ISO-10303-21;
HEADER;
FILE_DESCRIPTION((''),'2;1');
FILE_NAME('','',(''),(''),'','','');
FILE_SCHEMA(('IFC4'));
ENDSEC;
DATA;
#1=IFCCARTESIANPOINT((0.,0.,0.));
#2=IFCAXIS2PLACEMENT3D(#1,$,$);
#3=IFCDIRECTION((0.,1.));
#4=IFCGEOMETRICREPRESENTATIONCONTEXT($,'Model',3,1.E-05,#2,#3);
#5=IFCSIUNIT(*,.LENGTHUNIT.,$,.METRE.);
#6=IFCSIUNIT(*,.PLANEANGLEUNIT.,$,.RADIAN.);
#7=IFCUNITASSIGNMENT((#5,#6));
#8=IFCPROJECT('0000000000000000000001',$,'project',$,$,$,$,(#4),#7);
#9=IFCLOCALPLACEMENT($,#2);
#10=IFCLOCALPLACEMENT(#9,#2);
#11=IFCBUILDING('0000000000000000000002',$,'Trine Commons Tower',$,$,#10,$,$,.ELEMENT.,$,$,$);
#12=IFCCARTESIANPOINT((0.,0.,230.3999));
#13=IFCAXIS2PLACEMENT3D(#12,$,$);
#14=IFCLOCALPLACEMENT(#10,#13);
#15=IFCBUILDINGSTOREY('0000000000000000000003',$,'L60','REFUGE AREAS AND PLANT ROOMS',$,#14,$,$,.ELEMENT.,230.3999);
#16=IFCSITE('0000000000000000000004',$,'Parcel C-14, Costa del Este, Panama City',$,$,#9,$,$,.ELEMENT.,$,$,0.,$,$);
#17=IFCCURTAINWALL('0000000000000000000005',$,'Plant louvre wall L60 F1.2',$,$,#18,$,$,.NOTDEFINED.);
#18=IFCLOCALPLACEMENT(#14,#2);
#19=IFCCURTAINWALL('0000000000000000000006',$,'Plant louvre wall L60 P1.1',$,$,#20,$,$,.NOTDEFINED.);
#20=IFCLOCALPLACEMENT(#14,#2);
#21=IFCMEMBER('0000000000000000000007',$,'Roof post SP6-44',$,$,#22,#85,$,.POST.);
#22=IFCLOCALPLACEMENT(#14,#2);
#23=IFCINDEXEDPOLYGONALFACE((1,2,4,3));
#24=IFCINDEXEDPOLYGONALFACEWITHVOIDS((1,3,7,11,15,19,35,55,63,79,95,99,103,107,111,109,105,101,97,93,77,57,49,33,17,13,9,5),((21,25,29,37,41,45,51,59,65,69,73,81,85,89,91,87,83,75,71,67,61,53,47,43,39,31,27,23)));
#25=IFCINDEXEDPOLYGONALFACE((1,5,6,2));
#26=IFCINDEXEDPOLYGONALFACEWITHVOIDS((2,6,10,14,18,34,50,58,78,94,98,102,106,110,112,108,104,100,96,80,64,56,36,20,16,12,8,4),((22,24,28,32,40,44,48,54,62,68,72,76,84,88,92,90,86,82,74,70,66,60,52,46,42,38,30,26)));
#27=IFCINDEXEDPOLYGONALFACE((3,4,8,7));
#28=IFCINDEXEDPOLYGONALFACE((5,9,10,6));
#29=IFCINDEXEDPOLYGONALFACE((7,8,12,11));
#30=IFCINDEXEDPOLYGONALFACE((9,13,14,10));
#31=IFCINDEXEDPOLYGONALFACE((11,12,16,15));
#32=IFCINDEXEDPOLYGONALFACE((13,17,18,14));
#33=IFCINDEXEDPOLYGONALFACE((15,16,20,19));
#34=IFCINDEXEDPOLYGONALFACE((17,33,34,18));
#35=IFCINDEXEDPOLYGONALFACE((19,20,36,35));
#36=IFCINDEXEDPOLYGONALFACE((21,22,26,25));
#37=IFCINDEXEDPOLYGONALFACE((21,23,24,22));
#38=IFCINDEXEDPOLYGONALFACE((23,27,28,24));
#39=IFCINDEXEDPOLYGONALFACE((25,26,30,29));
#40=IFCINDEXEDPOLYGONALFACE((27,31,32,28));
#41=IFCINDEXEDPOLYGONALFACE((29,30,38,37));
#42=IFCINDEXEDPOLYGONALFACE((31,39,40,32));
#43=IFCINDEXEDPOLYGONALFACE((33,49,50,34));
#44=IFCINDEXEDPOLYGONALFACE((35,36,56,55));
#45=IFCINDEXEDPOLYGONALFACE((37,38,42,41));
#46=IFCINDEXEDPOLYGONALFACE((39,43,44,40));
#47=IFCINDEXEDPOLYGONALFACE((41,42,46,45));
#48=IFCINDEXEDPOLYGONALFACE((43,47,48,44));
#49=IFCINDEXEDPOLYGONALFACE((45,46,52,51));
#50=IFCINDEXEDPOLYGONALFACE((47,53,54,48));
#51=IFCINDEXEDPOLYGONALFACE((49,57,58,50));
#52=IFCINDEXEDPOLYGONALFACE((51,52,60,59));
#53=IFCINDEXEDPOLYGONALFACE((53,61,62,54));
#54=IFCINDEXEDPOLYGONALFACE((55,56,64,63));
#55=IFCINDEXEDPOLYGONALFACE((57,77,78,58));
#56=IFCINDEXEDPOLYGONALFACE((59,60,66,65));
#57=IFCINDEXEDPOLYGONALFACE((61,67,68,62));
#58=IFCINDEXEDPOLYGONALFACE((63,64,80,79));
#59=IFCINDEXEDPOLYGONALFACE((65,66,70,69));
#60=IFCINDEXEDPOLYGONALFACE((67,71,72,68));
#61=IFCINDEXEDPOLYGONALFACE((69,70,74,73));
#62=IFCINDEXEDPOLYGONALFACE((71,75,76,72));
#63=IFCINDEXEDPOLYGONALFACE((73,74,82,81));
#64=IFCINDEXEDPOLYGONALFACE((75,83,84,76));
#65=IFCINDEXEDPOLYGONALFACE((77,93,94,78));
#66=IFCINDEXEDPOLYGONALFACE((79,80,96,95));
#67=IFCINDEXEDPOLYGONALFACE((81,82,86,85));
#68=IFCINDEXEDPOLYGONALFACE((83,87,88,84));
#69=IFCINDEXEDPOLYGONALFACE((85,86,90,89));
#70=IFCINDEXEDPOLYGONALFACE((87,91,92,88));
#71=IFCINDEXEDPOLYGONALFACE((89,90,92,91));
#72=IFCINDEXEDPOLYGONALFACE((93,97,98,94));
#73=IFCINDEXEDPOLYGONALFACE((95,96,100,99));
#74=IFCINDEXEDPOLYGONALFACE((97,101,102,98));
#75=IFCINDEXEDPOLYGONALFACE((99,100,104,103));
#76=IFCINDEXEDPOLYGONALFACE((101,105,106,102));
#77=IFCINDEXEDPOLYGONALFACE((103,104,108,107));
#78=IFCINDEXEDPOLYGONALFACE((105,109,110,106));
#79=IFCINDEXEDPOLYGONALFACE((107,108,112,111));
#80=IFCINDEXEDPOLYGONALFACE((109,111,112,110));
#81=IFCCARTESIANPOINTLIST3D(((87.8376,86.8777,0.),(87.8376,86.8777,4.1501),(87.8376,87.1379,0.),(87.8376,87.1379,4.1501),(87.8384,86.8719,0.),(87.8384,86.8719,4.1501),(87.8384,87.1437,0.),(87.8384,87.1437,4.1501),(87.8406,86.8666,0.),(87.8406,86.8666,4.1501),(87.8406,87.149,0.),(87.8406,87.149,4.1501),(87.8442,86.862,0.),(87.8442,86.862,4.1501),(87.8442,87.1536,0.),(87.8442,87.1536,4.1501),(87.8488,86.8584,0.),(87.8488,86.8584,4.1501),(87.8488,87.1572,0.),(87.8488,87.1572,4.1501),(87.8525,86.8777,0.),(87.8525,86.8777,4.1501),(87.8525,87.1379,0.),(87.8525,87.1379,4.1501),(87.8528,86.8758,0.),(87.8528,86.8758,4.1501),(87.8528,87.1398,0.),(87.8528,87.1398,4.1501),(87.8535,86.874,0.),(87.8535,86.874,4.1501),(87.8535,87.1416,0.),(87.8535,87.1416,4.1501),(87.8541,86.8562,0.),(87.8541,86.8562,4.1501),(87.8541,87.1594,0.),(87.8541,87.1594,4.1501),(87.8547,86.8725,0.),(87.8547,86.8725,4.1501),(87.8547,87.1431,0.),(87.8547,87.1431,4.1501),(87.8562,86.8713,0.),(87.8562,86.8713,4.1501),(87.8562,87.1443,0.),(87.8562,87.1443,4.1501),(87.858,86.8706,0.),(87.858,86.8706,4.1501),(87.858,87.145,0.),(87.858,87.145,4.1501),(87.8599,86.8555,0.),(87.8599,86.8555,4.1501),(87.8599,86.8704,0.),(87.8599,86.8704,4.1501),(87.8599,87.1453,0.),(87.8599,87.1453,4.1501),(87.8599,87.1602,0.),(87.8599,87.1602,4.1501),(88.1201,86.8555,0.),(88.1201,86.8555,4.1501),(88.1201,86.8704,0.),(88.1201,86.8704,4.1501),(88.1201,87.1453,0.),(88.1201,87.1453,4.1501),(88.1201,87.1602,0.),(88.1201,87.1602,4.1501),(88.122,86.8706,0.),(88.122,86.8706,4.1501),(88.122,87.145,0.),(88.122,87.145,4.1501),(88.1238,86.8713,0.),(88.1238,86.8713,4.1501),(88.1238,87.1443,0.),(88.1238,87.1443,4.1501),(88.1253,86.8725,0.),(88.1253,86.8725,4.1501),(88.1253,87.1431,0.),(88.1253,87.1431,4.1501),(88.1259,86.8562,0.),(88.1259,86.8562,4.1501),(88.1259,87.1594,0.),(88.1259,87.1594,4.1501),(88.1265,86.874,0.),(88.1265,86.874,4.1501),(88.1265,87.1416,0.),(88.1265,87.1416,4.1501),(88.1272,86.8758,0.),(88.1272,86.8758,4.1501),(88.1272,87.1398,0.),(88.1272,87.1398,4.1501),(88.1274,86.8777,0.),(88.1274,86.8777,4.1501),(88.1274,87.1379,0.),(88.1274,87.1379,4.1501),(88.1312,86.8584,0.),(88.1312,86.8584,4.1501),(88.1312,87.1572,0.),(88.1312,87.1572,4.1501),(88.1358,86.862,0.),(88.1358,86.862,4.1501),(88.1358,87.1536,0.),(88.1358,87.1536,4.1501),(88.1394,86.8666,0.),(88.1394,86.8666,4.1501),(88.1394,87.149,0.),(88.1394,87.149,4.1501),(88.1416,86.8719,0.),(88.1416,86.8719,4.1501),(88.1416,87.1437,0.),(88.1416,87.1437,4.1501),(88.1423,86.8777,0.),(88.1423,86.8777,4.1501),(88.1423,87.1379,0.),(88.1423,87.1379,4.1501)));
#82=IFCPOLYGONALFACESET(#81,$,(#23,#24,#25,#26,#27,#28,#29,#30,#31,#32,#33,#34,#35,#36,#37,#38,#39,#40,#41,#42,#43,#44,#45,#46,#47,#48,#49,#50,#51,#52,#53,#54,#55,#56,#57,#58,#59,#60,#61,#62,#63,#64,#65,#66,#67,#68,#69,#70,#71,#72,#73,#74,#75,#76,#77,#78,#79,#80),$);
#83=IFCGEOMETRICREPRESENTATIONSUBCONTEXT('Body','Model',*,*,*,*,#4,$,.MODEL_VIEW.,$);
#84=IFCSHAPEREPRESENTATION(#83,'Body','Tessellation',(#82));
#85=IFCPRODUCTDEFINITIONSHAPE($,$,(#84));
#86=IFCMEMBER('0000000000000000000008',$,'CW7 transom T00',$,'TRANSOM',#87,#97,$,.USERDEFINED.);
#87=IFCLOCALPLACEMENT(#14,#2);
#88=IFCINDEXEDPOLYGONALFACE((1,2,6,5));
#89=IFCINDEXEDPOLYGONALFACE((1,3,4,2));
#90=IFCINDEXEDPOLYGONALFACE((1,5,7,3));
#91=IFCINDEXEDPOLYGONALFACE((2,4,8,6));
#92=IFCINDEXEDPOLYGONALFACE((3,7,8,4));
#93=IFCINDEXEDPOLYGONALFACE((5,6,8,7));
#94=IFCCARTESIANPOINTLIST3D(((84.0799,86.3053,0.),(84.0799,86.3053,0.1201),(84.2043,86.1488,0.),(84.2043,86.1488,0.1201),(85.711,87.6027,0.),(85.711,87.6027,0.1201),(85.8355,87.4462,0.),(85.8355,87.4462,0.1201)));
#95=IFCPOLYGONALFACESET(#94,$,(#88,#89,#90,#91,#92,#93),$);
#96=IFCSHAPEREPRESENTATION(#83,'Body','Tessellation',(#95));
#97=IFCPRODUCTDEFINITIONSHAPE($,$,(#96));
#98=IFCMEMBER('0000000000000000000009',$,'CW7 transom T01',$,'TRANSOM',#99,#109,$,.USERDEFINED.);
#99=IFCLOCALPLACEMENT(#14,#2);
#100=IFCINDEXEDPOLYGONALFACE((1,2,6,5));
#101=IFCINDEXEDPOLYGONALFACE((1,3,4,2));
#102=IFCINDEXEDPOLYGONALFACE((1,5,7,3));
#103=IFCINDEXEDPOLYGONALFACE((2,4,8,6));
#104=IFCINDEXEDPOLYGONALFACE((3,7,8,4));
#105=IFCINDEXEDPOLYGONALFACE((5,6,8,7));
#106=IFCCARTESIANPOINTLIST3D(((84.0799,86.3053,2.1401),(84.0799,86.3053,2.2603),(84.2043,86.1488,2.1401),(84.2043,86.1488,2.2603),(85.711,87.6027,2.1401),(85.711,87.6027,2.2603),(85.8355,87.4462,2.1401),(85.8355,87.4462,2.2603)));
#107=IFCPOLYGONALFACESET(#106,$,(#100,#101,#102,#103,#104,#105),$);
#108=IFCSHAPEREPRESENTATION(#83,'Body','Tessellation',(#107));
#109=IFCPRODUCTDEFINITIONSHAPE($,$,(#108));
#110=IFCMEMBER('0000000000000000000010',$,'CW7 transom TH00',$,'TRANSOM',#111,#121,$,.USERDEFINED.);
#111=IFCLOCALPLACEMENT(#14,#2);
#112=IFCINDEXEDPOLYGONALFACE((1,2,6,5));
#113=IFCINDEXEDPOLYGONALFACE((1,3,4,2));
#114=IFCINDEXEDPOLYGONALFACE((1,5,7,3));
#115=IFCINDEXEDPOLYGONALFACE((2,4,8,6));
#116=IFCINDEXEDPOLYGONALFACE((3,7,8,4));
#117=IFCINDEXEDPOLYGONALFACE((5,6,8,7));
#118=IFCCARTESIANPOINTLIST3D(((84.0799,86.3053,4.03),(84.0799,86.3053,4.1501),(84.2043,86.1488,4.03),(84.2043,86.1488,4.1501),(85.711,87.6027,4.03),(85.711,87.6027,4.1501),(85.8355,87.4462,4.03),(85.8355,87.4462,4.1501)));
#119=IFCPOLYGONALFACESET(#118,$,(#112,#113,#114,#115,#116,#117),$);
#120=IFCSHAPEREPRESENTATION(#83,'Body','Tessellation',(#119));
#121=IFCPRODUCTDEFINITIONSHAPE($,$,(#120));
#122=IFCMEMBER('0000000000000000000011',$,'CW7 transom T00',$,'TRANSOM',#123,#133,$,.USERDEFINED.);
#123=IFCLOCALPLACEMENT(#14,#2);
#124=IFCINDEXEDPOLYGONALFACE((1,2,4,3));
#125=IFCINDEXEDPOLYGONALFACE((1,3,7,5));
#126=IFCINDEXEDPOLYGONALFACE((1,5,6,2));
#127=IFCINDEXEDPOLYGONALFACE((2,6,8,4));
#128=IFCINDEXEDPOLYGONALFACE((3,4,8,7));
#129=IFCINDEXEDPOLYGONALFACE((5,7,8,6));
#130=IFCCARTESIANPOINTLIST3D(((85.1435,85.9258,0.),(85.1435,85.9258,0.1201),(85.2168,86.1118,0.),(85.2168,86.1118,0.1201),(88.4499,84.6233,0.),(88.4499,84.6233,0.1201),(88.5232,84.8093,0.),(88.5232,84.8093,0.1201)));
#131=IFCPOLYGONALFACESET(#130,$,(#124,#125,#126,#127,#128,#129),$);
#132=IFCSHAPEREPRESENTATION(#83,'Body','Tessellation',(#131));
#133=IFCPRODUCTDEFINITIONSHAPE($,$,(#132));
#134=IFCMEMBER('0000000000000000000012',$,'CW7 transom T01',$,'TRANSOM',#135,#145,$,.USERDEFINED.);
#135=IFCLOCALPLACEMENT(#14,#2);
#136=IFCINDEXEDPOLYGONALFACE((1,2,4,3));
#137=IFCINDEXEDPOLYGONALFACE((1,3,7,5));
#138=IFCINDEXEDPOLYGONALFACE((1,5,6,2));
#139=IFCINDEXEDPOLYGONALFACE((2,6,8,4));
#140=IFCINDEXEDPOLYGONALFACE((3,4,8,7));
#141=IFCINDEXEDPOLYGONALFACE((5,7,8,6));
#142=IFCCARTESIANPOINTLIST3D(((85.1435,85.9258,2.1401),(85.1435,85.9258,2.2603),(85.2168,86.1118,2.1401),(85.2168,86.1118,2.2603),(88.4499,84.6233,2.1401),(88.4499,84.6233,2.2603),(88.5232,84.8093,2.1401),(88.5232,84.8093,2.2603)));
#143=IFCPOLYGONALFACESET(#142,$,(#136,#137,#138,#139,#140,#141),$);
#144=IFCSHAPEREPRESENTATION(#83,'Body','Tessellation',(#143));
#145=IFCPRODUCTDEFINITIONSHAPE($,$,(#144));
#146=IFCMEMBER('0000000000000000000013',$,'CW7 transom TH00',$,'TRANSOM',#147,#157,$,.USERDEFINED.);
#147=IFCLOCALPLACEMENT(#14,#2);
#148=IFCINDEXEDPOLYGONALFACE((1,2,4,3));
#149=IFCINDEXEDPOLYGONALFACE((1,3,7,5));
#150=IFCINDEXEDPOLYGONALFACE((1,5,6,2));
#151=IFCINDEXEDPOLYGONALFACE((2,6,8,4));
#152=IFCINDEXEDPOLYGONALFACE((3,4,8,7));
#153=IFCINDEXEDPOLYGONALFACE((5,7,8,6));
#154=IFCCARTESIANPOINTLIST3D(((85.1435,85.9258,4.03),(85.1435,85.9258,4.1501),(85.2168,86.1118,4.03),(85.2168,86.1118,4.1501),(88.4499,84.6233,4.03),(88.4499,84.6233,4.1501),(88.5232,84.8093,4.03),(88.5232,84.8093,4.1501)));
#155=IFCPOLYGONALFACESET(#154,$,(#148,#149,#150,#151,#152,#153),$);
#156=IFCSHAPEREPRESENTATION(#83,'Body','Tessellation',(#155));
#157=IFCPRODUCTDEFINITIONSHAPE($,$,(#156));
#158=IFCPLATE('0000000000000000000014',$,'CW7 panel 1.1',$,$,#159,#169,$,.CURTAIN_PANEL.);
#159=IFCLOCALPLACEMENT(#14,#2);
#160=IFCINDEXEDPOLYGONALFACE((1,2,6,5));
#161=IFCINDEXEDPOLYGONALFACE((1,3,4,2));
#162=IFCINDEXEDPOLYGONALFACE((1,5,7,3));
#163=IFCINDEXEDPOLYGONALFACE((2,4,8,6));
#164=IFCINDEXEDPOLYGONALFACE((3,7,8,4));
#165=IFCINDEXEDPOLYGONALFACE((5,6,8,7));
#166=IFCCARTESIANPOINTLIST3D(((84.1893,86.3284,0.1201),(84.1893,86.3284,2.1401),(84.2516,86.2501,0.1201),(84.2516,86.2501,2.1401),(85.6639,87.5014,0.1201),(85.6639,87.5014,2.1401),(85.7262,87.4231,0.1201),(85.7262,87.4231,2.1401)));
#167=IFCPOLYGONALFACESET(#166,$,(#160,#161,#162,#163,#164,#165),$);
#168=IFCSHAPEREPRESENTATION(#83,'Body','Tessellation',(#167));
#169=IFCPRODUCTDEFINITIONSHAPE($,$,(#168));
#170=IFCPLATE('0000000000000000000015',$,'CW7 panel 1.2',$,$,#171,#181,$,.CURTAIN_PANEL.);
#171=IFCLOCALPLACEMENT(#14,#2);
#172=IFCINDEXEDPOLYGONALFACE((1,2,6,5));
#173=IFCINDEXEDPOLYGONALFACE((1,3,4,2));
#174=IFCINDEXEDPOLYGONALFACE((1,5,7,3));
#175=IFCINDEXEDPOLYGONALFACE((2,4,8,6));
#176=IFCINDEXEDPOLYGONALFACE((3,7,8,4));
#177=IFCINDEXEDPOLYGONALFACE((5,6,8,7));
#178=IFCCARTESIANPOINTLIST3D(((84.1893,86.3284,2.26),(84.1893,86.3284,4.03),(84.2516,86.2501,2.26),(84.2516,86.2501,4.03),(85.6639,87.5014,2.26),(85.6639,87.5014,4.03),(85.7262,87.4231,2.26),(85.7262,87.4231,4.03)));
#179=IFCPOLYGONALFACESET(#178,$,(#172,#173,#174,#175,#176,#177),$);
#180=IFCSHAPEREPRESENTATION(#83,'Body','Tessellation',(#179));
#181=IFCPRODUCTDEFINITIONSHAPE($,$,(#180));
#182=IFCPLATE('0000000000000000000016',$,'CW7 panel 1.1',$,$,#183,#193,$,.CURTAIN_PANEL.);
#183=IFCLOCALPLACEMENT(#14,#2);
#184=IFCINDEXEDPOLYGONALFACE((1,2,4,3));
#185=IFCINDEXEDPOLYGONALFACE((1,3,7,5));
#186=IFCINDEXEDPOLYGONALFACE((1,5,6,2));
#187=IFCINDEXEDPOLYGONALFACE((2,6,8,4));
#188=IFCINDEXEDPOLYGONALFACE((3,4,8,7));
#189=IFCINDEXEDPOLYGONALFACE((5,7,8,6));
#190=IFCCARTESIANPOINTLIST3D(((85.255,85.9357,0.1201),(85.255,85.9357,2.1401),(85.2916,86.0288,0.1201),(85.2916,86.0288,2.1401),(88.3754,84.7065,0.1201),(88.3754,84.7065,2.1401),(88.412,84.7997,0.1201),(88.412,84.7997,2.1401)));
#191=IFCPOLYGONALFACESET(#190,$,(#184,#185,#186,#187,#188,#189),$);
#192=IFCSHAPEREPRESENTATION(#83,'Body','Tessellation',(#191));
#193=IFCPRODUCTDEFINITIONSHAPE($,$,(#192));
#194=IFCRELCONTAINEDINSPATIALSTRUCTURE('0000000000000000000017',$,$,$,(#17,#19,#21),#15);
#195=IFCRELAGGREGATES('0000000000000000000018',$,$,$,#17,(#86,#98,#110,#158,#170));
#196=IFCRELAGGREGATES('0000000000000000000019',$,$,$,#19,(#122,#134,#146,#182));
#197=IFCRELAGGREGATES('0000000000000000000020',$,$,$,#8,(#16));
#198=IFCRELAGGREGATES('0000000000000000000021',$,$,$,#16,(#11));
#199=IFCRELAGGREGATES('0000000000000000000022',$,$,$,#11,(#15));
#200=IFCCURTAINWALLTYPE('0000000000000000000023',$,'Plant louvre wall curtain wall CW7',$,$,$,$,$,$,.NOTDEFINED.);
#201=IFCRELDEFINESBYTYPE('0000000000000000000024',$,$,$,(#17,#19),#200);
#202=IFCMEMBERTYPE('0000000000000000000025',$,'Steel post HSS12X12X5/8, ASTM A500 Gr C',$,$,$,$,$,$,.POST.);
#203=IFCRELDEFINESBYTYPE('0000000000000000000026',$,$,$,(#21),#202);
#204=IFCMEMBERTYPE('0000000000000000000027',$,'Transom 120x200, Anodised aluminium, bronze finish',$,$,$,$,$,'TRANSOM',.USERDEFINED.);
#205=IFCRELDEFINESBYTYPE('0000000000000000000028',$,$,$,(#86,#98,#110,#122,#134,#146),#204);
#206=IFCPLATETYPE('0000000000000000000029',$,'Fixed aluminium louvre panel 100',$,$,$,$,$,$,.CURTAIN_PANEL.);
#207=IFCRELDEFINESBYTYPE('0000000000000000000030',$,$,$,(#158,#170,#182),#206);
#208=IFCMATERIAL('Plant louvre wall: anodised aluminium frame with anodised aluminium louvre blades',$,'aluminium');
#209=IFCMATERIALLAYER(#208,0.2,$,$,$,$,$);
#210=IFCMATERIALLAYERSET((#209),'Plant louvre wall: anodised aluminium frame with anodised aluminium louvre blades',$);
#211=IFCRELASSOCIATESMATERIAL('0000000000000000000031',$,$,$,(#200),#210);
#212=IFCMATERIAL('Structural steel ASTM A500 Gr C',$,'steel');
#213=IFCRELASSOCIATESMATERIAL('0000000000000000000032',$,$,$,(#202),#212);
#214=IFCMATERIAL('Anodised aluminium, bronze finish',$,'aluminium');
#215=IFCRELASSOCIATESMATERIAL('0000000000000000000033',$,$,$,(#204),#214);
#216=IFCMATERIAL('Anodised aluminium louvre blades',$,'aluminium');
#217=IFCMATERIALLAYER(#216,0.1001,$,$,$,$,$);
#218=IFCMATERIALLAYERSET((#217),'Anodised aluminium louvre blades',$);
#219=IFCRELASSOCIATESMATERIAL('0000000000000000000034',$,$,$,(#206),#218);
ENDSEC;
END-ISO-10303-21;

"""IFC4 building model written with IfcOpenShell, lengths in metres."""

from ifc_helpers import new_model, si_unit, direction, frame, origin, origin_2d, place, context, subcontext, project, spatial, rectangle, hollow_rectangle, extrude, material, layer, layer_set, material_profile, profile_set, type_object, element, aggregate, save


model = new_model("IFC4")

# Units and contexts
model_context = context("Model", 3, precision=1e-05, world=origin(), true_north=direction((0.0, 1.0)))
body_context = subcontext(model_context, "Body", "Model", "MODEL_VIEW")
ifc_project = project(units=[si_unit("LENGTHUNIT", "METRE"), si_unit("PLANEANGLEUNIT", "RADIAN")], contexts=[model_context])

# Site, building, storey
site_placement = place(None, origin())
site = spatial("IfcSite", under=ifc_project, at=site_placement, Name="Parcel C-14, Costa del Este, Panama City", CompositionType="ELEMENT", RefElevation=0.0)
building_placement = place(site_placement, origin())
building = spatial("IfcBuilding", under=site, at=building_placement, Name="Trine Commons Tower", CompositionType="ELEMENT")
storey_placement = place(building_placement, frame((0.0, 0.0, 230.3999)))
storey = spatial("IfcBuildingStorey", under=building, at=storey_placement, Name="L60", Description="REFUGE AREAS AND PLANT ROOMS", CompositionType="ELEMENT", Elevation=230.3999)

# Curtain walls
ifc_material_1 = material(Name="Plant louvre wall: anodised aluminium frame with anodised aluminium louvre blades", Category="aluminium")
ifc_layer_1 = layer(ifc_material_1, 0.2)
ifc_layer_set_1 = layer_set([ifc_layer_1], Name="Plant louvre wall: anodised aluminium frame with anodised aluminium louvre blades")
curtain_wall_type = type_object("IfcCurtainWallType", Name="Plant louvre wall curtain wall CW7", PredefinedType="NOTDEFINED", material=ifc_layer_set_1)
curtain_wall_1_placement = place(storey_placement, origin())
curtain_wall_1 = element("IfcCurtainWall", 1, at=curtain_wall_1_placement, inside=storey, type_object=curtain_wall_type, Name="Plant louvre wall L60 F1.2", PredefinedType="NOTDEFINED")
ifc_material_2 = material(Name="Anodised aluminium, bronze finish", Category="aluminium")
curtain_wall_2_placement = place(storey_placement, origin())
curtain_wall_2 = element("IfcCurtainWall", 2, at=curtain_wall_2_placement, inside=storey, type_object=curtain_wall_type, Name="Plant louvre wall L60 P1.1", PredefinedType="NOTDEFINED")

# Member
ifc_material_3 = material(Name="Structural steel ASTM A500 Gr C", Category="steel")
ifc_material_profile_1 = material_profile(ifc_material_3, hollow_rectangle(XDim=0.3047, YDim=0.3047, WallThickness=0.0149, InnerFilletRadius=0.0073, OuterFilletRadius=0.0222, at=origin_2d()), Name="HSS12X12X5/8")
ifc_profile_set_1 = profile_set([ifc_material_profile_1], Name="Structural steel ASTM A500 Gr C")
member_type_1 = type_object("IfcMemberType", Name="Steel post HSS12X12X5/8, ASTM A500 Gr C", PredefinedType="POST", material=ifc_profile_set_1)
for number, where, z_axis, x_axis, name in (
    (3, (87.99, 87.0078, 0.0), (0.0, 0.0, 1.0), (1.0, 0.0, 0.0), "Roof post SP6-44"),
):
    element("IfcMember", number, at=place(storey_placement, frame(where, z_axis=z_axis, x_axis=x_axis)), inside=storey, type_object=member_type_1, Name=name, PredefinedType="POST", context=body_context, shape_type="SweptSolid", body=[
        extrude(hollow_rectangle(XDim=0.3047, YDim=0.3047, WallThickness=0.0149, InnerFilletRadius=0.0073, OuterFilletRadius=0.0222, at=origin_2d()), origin(), (0.0, 0.0, 1.0), 4.1501),
    ])

# Members
ifc_material_profile_2 = material_profile(ifc_material_2, rectangle(XDim=0.2, YDim=0.1201, at=origin_2d()), Name="Transom 120x200")
ifc_profile_set_2 = profile_set([ifc_material_profile_2], Name="Anodised aluminium, bronze finish")
member_type_2 = type_object("IfcMemberType", Name="Transom 120x200, Anodised aluminium, bronze finish", ElementType="TRANSOM", PredefinedType="USERDEFINED", material=ifc_profile_set_2)
member_1_placement = place(storey_placement, frame((84.1421, 86.2271, 0.0601), z_axis=(0.782626, 0.622493, 0.0), x_axis=(-0.622493, 0.782626, 0.0)))
member_1 = element("IfcMember", 4, at=member_1_placement, type_object=member_type_2, Name="CW7 transom T00", ObjectType="TRANSOM", PredefinedType="USERDEFINED", context=body_context, shape_type="SweptSolid", body=[
    extrude(rectangle(XDim=0.2, YDim=0.1201, at=origin_2d()), origin(), (0.0, 0.0, 1.0), 2.0842),
])
member_2_placement = place(storey_placement, frame((84.1421, 86.2271, 2.2002), z_axis=(0.782626, 0.622493, 0.0), x_axis=(-0.622493, 0.782626, 0.0)))
member_2 = element("IfcMember", 5, at=member_2_placement, type_object=member_type_2, Name="CW7 transom T01", ObjectType="TRANSOM", PredefinedType="USERDEFINED", context=body_context, shape_type="SweptSolid", body=[
    extrude(rectangle(XDim=0.2, YDim=0.1201, at=origin_2d()), origin(), (0.0, 0.0, 1.0), 2.0842),
])
member_3_placement = place(storey_placement, frame((84.1421, 86.2271, 4.0901), z_axis=(0.782626, 0.622493, 0.0), x_axis=(-0.622493, 0.782626, 0.0)))
member_3 = element("IfcMember", 6, at=member_3_placement, type_object=member_type_2, Name="CW7 transom TH00", ObjectType="TRANSOM", PredefinedType="USERDEFINED", context=body_context, shape_type="SweptSolid", body=[
    extrude(rectangle(XDim=0.2, YDim=0.1201, at=origin_2d()), origin(), (0.0, 0.0, 1.0), 2.0842),
])
member_4_placement = place(storey_placement, frame((85.1802, 86.0188, 0.0601), z_axis=(0.930411, -0.366517, 0.0), x_axis=(0.366517, 0.930411, 0.0)))
member_4 = element("IfcMember", 7, at=member_4_placement, type_object=member_type_2, Name="CW7 transom T00", ObjectType="TRANSOM", PredefinedType="USERDEFINED", context=body_context, shape_type="SweptSolid", body=[
    extrude(rectangle(XDim=0.2, YDim=0.1201, at=origin_2d()), origin(), (0.0, 0.0, 1.0), 3.5537),
])
member_5_placement = place(storey_placement, frame((85.1802, 86.0188, 2.2002), z_axis=(0.930411, -0.366517, 0.0), x_axis=(0.366517, 0.930411, 0.0)))
member_5 = element("IfcMember", 8, at=member_5_placement, type_object=member_type_2, Name="CW7 transom T01", ObjectType="TRANSOM", PredefinedType="USERDEFINED", context=body_context, shape_type="SweptSolid", body=[
    extrude(rectangle(XDim=0.2, YDim=0.1201, at=origin_2d()), origin(), (0.0, 0.0, 1.0), 3.5537),
])
member_6_placement = place(storey_placement, frame((85.1802, 86.0188, 4.0901), z_axis=(0.930411, -0.366517, 0.0), x_axis=(0.366517, 0.930411, 0.0)))
member_6 = element("IfcMember", 9, at=member_6_placement, type_object=member_type_2, Name="CW7 transom TH00", ObjectType="TRANSOM", PredefinedType="USERDEFINED", context=body_context, shape_type="SweptSolid", body=[
    extrude(rectangle(XDim=0.2, YDim=0.1201, at=origin_2d()), origin(), (0.0, 0.0, 1.0), 3.5537),
])

# Plates
ifc_material_4 = material(Name="Anodised aluminium louvre blades", Category="aluminium")
ifc_layer_2 = layer(ifc_material_4, 0.1001)
ifc_layer_set_2 = layer_set([ifc_layer_2], Name="Anodised aluminium louvre blades")
plate_type = type_object("IfcPlateType", Name="Fixed aluminium louvre panel 100", PredefinedType="CURTAIN_PANEL", material=ifc_layer_set_2)
plate_1_placement = place(storey_placement, frame((84.9578, 86.8757, 0.1201), z_axis=(0.0, 0.0, 1.0), x_axis=(0.782608, 0.622515, 0.0)))
plate_1 = element("IfcPlate", 10, at=plate_1_placement, type_object=plate_type, Name="CW7 panel 1.1", PredefinedType="CURTAIN_PANEL", context=body_context, shape_type="SweptSolid", body=[
    extrude(rectangle(XDim=1.8843, YDim=0.1001, at=origin_2d()), origin(), (0.0, 0.0, 1.0), 2.02),
])
plate_2_placement = place(storey_placement, frame((84.9578, 86.8757, 2.26), z_axis=(0.0, 0.0, 1.0), x_axis=(0.782608, 0.622515, 0.0)))
plate_2 = element("IfcPlate", 11, at=plate_2_placement, type_object=plate_type, Name="CW7 panel 1.2", PredefinedType="CURTAIN_PANEL", context=body_context, shape_type="SweptSolid", body=[
    extrude(rectangle(XDim=1.8843, YDim=0.1001, at=origin_2d()), origin(), (0.0, 0.0, 1.0), 1.77),
])
aggregate(curtain_wall_1, [member_1, member_2, member_3, plate_1, plate_2])
plate_3_placement = place(storey_placement, frame((86.8335, 85.3677, 0.1201), z_axis=(0.0, 0.0, 1.0), x_axis=(0.930418, -0.366501, 0.0)))
plate_3 = element("IfcPlate", 12, at=plate_3_placement, type_object=plate_type, Name="CW7 panel 1.1", PredefinedType="CURTAIN_PANEL", context=body_context, shape_type="SweptSolid", body=[
    extrude(rectangle(XDim=3.3538, YDim=0.1001, at=origin_2d()), origin(), (0.0, 0.0, 1.0), 2.02),
])
aggregate(curtain_wall_2, [member_4, member_5, member_6, plate_3])

save(model, "model.ifc")
